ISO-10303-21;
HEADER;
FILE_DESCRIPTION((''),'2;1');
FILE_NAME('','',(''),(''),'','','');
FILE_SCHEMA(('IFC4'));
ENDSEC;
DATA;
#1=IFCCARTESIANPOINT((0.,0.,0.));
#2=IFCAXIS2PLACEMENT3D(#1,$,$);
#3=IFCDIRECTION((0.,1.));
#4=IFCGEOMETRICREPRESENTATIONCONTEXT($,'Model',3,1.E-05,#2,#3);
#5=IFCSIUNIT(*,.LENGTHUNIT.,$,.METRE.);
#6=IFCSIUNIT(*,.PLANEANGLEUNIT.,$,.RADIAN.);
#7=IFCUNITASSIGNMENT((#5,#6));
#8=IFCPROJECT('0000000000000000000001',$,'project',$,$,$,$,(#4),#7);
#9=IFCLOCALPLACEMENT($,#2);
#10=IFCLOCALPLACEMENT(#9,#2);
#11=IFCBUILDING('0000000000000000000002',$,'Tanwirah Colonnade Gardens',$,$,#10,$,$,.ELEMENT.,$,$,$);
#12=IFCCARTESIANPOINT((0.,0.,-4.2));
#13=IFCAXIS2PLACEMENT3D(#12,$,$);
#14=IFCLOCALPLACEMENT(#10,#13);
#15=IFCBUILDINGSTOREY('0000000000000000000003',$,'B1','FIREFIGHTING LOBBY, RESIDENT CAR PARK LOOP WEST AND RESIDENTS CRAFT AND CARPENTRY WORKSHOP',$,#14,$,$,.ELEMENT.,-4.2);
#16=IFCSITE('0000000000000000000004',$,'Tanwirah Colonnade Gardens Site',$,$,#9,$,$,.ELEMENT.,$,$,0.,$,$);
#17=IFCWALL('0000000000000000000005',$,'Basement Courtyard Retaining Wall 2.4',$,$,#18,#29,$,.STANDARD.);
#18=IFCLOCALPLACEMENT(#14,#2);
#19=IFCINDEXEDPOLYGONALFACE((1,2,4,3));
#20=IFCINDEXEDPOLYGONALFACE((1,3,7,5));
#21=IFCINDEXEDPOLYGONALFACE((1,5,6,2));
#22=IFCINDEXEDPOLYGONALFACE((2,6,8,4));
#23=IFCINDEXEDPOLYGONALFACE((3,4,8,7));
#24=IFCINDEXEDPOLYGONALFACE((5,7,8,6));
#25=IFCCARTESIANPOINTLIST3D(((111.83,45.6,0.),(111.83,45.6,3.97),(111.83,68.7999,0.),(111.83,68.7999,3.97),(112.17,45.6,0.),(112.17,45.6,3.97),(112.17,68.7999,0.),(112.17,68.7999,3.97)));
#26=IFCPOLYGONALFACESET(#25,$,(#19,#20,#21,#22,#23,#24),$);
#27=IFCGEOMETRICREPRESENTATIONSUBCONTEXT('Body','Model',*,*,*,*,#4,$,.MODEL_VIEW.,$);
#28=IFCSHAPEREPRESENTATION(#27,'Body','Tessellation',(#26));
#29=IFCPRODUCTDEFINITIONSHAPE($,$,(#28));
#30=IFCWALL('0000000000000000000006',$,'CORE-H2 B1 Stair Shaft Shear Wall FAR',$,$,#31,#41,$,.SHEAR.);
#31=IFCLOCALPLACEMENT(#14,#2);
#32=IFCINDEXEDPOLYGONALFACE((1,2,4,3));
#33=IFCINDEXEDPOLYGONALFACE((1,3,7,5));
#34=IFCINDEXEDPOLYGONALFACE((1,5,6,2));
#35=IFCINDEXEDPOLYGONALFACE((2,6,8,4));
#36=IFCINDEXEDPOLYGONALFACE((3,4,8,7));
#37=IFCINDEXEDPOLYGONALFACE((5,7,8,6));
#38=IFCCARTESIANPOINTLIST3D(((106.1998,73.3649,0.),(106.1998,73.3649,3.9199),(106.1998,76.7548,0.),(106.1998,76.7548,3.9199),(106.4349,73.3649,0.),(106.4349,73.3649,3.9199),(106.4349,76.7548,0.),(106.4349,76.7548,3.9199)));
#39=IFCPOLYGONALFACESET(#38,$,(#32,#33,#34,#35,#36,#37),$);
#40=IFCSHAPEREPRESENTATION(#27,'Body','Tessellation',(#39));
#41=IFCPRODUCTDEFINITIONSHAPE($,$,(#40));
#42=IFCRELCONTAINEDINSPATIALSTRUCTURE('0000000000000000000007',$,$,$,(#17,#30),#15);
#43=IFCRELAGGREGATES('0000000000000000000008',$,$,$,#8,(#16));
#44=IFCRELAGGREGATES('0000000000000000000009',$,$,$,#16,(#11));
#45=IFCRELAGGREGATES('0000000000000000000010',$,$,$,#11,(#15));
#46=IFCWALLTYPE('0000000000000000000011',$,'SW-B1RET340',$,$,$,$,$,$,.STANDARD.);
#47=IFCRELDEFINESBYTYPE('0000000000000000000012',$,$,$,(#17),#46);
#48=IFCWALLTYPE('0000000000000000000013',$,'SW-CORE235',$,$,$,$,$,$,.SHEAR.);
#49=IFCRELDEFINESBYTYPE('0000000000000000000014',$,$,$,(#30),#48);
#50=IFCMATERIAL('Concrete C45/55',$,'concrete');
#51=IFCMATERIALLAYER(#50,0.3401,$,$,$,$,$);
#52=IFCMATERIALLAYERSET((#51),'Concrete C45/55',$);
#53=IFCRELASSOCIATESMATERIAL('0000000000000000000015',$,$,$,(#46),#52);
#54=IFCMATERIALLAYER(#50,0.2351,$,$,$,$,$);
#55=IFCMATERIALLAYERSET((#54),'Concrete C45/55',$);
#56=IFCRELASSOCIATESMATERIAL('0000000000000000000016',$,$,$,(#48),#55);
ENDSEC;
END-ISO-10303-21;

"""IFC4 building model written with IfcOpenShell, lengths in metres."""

from ifc_helpers import new_model, si_unit, direction, frame, frame_2d, origin, place, context, subcontext, project, spatial, rectangle, extrude, material, layer, layer_set, type_object, element, save


model = new_model("IFC4")

# Units and contexts
model_context = context("Model", 3, precision=1e-05, world=origin(), true_north=direction((0.0, 1.0)))
body_context = subcontext(model_context, "Body", "Model", "MODEL_VIEW")
ifc_project = project(units=[si_unit("LENGTHUNIT", "METRE"), si_unit("PLANEANGLEUNIT", "RADIAN")], contexts=[model_context])

# Site, building, storey
site_placement = place(None, origin())
site = spatial("IfcSite", under=ifc_project, at=site_placement, Name="Tanwirah Colonnade Gardens Site", CompositionType="ELEMENT", RefElevation=0.0)
building_placement = place(site_placement, origin())
building = spatial("IfcBuilding", under=site, at=building_placement, Name="Tanwirah Colonnade Gardens", CompositionType="ELEMENT")
storey_placement = place(building_placement, frame((0.0, 0.0, -4.2)))
storey = spatial("IfcBuildingStorey", under=building, at=storey_placement, Name="B1", Description="FIREFIGHTING LOBBY, RESIDENT CAR PARK LOOP WEST AND RESIDENTS CRAFT AND CARPENTRY WORKSHOP", CompositionType="ELEMENT", Elevation=-4.2)

# Shared definitions
ifc_material_1 = material(Name="Concrete C45/55", Category="concrete")

# Walls
ifc_layer_1 = layer(ifc_material_1, 0.3401)
ifc_layer_set_1 = layer_set([ifc_layer_1], Name="Concrete C45/55")
wall_type_1 = type_object("IfcWallType", Name="SW-B1RET340", PredefinedType="STANDARD", material=ifc_layer_set_1)
wall_1_placement = place(storey_placement, frame((112.0, 68.8, 0.0), z_axis=(0.0, 0.0, 1.0), x_axis=(0.0, -1.0, 0.0)))
element("IfcWall", 1, at=wall_1_placement, inside=storey, type_object=wall_type_1, Name="Basement Courtyard Retaining Wall 2.4", PredefinedType="STANDARD", context=body_context, shape_type="SweptSolid", body=[
    extrude(rectangle(XDim=23.2, YDim=0.3401, at=frame_2d((11.6001, 0.0))), origin(), (0.0, 0.0, 1.0), 3.97),
])
ifc_layer_2 = layer(ifc_material_1, 0.2351)
ifc_layer_set_2 = layer_set([ifc_layer_2], Name="Concrete C45/55")
wall_type_2 = type_object("IfcWallType", Name="SW-CORE235", PredefinedType="SHEAR", material=ifc_layer_set_2)
wall_2_placement = place(storey_placement, frame((106.3174, 73.365, 0.0), z_axis=(0.0, 0.0, 1.0), x_axis=(0.0, 1.0, 0.0)))
element("IfcWall", 2, at=wall_2_placement, inside=storey, type_object=wall_type_2, Name="CORE-H2 B1 Stair Shaft Shear Wall FAR", PredefinedType="SHEAR", context=body_context, shape_type="SweptSolid", body=[
    extrude(rectangle(XDim=3.3899, YDim=0.2351, at=frame_2d((1.6948, 0.0))), origin(), (0.0, 0.0, 1.0), 3.9199),
])

save(model, "model.ifc")
